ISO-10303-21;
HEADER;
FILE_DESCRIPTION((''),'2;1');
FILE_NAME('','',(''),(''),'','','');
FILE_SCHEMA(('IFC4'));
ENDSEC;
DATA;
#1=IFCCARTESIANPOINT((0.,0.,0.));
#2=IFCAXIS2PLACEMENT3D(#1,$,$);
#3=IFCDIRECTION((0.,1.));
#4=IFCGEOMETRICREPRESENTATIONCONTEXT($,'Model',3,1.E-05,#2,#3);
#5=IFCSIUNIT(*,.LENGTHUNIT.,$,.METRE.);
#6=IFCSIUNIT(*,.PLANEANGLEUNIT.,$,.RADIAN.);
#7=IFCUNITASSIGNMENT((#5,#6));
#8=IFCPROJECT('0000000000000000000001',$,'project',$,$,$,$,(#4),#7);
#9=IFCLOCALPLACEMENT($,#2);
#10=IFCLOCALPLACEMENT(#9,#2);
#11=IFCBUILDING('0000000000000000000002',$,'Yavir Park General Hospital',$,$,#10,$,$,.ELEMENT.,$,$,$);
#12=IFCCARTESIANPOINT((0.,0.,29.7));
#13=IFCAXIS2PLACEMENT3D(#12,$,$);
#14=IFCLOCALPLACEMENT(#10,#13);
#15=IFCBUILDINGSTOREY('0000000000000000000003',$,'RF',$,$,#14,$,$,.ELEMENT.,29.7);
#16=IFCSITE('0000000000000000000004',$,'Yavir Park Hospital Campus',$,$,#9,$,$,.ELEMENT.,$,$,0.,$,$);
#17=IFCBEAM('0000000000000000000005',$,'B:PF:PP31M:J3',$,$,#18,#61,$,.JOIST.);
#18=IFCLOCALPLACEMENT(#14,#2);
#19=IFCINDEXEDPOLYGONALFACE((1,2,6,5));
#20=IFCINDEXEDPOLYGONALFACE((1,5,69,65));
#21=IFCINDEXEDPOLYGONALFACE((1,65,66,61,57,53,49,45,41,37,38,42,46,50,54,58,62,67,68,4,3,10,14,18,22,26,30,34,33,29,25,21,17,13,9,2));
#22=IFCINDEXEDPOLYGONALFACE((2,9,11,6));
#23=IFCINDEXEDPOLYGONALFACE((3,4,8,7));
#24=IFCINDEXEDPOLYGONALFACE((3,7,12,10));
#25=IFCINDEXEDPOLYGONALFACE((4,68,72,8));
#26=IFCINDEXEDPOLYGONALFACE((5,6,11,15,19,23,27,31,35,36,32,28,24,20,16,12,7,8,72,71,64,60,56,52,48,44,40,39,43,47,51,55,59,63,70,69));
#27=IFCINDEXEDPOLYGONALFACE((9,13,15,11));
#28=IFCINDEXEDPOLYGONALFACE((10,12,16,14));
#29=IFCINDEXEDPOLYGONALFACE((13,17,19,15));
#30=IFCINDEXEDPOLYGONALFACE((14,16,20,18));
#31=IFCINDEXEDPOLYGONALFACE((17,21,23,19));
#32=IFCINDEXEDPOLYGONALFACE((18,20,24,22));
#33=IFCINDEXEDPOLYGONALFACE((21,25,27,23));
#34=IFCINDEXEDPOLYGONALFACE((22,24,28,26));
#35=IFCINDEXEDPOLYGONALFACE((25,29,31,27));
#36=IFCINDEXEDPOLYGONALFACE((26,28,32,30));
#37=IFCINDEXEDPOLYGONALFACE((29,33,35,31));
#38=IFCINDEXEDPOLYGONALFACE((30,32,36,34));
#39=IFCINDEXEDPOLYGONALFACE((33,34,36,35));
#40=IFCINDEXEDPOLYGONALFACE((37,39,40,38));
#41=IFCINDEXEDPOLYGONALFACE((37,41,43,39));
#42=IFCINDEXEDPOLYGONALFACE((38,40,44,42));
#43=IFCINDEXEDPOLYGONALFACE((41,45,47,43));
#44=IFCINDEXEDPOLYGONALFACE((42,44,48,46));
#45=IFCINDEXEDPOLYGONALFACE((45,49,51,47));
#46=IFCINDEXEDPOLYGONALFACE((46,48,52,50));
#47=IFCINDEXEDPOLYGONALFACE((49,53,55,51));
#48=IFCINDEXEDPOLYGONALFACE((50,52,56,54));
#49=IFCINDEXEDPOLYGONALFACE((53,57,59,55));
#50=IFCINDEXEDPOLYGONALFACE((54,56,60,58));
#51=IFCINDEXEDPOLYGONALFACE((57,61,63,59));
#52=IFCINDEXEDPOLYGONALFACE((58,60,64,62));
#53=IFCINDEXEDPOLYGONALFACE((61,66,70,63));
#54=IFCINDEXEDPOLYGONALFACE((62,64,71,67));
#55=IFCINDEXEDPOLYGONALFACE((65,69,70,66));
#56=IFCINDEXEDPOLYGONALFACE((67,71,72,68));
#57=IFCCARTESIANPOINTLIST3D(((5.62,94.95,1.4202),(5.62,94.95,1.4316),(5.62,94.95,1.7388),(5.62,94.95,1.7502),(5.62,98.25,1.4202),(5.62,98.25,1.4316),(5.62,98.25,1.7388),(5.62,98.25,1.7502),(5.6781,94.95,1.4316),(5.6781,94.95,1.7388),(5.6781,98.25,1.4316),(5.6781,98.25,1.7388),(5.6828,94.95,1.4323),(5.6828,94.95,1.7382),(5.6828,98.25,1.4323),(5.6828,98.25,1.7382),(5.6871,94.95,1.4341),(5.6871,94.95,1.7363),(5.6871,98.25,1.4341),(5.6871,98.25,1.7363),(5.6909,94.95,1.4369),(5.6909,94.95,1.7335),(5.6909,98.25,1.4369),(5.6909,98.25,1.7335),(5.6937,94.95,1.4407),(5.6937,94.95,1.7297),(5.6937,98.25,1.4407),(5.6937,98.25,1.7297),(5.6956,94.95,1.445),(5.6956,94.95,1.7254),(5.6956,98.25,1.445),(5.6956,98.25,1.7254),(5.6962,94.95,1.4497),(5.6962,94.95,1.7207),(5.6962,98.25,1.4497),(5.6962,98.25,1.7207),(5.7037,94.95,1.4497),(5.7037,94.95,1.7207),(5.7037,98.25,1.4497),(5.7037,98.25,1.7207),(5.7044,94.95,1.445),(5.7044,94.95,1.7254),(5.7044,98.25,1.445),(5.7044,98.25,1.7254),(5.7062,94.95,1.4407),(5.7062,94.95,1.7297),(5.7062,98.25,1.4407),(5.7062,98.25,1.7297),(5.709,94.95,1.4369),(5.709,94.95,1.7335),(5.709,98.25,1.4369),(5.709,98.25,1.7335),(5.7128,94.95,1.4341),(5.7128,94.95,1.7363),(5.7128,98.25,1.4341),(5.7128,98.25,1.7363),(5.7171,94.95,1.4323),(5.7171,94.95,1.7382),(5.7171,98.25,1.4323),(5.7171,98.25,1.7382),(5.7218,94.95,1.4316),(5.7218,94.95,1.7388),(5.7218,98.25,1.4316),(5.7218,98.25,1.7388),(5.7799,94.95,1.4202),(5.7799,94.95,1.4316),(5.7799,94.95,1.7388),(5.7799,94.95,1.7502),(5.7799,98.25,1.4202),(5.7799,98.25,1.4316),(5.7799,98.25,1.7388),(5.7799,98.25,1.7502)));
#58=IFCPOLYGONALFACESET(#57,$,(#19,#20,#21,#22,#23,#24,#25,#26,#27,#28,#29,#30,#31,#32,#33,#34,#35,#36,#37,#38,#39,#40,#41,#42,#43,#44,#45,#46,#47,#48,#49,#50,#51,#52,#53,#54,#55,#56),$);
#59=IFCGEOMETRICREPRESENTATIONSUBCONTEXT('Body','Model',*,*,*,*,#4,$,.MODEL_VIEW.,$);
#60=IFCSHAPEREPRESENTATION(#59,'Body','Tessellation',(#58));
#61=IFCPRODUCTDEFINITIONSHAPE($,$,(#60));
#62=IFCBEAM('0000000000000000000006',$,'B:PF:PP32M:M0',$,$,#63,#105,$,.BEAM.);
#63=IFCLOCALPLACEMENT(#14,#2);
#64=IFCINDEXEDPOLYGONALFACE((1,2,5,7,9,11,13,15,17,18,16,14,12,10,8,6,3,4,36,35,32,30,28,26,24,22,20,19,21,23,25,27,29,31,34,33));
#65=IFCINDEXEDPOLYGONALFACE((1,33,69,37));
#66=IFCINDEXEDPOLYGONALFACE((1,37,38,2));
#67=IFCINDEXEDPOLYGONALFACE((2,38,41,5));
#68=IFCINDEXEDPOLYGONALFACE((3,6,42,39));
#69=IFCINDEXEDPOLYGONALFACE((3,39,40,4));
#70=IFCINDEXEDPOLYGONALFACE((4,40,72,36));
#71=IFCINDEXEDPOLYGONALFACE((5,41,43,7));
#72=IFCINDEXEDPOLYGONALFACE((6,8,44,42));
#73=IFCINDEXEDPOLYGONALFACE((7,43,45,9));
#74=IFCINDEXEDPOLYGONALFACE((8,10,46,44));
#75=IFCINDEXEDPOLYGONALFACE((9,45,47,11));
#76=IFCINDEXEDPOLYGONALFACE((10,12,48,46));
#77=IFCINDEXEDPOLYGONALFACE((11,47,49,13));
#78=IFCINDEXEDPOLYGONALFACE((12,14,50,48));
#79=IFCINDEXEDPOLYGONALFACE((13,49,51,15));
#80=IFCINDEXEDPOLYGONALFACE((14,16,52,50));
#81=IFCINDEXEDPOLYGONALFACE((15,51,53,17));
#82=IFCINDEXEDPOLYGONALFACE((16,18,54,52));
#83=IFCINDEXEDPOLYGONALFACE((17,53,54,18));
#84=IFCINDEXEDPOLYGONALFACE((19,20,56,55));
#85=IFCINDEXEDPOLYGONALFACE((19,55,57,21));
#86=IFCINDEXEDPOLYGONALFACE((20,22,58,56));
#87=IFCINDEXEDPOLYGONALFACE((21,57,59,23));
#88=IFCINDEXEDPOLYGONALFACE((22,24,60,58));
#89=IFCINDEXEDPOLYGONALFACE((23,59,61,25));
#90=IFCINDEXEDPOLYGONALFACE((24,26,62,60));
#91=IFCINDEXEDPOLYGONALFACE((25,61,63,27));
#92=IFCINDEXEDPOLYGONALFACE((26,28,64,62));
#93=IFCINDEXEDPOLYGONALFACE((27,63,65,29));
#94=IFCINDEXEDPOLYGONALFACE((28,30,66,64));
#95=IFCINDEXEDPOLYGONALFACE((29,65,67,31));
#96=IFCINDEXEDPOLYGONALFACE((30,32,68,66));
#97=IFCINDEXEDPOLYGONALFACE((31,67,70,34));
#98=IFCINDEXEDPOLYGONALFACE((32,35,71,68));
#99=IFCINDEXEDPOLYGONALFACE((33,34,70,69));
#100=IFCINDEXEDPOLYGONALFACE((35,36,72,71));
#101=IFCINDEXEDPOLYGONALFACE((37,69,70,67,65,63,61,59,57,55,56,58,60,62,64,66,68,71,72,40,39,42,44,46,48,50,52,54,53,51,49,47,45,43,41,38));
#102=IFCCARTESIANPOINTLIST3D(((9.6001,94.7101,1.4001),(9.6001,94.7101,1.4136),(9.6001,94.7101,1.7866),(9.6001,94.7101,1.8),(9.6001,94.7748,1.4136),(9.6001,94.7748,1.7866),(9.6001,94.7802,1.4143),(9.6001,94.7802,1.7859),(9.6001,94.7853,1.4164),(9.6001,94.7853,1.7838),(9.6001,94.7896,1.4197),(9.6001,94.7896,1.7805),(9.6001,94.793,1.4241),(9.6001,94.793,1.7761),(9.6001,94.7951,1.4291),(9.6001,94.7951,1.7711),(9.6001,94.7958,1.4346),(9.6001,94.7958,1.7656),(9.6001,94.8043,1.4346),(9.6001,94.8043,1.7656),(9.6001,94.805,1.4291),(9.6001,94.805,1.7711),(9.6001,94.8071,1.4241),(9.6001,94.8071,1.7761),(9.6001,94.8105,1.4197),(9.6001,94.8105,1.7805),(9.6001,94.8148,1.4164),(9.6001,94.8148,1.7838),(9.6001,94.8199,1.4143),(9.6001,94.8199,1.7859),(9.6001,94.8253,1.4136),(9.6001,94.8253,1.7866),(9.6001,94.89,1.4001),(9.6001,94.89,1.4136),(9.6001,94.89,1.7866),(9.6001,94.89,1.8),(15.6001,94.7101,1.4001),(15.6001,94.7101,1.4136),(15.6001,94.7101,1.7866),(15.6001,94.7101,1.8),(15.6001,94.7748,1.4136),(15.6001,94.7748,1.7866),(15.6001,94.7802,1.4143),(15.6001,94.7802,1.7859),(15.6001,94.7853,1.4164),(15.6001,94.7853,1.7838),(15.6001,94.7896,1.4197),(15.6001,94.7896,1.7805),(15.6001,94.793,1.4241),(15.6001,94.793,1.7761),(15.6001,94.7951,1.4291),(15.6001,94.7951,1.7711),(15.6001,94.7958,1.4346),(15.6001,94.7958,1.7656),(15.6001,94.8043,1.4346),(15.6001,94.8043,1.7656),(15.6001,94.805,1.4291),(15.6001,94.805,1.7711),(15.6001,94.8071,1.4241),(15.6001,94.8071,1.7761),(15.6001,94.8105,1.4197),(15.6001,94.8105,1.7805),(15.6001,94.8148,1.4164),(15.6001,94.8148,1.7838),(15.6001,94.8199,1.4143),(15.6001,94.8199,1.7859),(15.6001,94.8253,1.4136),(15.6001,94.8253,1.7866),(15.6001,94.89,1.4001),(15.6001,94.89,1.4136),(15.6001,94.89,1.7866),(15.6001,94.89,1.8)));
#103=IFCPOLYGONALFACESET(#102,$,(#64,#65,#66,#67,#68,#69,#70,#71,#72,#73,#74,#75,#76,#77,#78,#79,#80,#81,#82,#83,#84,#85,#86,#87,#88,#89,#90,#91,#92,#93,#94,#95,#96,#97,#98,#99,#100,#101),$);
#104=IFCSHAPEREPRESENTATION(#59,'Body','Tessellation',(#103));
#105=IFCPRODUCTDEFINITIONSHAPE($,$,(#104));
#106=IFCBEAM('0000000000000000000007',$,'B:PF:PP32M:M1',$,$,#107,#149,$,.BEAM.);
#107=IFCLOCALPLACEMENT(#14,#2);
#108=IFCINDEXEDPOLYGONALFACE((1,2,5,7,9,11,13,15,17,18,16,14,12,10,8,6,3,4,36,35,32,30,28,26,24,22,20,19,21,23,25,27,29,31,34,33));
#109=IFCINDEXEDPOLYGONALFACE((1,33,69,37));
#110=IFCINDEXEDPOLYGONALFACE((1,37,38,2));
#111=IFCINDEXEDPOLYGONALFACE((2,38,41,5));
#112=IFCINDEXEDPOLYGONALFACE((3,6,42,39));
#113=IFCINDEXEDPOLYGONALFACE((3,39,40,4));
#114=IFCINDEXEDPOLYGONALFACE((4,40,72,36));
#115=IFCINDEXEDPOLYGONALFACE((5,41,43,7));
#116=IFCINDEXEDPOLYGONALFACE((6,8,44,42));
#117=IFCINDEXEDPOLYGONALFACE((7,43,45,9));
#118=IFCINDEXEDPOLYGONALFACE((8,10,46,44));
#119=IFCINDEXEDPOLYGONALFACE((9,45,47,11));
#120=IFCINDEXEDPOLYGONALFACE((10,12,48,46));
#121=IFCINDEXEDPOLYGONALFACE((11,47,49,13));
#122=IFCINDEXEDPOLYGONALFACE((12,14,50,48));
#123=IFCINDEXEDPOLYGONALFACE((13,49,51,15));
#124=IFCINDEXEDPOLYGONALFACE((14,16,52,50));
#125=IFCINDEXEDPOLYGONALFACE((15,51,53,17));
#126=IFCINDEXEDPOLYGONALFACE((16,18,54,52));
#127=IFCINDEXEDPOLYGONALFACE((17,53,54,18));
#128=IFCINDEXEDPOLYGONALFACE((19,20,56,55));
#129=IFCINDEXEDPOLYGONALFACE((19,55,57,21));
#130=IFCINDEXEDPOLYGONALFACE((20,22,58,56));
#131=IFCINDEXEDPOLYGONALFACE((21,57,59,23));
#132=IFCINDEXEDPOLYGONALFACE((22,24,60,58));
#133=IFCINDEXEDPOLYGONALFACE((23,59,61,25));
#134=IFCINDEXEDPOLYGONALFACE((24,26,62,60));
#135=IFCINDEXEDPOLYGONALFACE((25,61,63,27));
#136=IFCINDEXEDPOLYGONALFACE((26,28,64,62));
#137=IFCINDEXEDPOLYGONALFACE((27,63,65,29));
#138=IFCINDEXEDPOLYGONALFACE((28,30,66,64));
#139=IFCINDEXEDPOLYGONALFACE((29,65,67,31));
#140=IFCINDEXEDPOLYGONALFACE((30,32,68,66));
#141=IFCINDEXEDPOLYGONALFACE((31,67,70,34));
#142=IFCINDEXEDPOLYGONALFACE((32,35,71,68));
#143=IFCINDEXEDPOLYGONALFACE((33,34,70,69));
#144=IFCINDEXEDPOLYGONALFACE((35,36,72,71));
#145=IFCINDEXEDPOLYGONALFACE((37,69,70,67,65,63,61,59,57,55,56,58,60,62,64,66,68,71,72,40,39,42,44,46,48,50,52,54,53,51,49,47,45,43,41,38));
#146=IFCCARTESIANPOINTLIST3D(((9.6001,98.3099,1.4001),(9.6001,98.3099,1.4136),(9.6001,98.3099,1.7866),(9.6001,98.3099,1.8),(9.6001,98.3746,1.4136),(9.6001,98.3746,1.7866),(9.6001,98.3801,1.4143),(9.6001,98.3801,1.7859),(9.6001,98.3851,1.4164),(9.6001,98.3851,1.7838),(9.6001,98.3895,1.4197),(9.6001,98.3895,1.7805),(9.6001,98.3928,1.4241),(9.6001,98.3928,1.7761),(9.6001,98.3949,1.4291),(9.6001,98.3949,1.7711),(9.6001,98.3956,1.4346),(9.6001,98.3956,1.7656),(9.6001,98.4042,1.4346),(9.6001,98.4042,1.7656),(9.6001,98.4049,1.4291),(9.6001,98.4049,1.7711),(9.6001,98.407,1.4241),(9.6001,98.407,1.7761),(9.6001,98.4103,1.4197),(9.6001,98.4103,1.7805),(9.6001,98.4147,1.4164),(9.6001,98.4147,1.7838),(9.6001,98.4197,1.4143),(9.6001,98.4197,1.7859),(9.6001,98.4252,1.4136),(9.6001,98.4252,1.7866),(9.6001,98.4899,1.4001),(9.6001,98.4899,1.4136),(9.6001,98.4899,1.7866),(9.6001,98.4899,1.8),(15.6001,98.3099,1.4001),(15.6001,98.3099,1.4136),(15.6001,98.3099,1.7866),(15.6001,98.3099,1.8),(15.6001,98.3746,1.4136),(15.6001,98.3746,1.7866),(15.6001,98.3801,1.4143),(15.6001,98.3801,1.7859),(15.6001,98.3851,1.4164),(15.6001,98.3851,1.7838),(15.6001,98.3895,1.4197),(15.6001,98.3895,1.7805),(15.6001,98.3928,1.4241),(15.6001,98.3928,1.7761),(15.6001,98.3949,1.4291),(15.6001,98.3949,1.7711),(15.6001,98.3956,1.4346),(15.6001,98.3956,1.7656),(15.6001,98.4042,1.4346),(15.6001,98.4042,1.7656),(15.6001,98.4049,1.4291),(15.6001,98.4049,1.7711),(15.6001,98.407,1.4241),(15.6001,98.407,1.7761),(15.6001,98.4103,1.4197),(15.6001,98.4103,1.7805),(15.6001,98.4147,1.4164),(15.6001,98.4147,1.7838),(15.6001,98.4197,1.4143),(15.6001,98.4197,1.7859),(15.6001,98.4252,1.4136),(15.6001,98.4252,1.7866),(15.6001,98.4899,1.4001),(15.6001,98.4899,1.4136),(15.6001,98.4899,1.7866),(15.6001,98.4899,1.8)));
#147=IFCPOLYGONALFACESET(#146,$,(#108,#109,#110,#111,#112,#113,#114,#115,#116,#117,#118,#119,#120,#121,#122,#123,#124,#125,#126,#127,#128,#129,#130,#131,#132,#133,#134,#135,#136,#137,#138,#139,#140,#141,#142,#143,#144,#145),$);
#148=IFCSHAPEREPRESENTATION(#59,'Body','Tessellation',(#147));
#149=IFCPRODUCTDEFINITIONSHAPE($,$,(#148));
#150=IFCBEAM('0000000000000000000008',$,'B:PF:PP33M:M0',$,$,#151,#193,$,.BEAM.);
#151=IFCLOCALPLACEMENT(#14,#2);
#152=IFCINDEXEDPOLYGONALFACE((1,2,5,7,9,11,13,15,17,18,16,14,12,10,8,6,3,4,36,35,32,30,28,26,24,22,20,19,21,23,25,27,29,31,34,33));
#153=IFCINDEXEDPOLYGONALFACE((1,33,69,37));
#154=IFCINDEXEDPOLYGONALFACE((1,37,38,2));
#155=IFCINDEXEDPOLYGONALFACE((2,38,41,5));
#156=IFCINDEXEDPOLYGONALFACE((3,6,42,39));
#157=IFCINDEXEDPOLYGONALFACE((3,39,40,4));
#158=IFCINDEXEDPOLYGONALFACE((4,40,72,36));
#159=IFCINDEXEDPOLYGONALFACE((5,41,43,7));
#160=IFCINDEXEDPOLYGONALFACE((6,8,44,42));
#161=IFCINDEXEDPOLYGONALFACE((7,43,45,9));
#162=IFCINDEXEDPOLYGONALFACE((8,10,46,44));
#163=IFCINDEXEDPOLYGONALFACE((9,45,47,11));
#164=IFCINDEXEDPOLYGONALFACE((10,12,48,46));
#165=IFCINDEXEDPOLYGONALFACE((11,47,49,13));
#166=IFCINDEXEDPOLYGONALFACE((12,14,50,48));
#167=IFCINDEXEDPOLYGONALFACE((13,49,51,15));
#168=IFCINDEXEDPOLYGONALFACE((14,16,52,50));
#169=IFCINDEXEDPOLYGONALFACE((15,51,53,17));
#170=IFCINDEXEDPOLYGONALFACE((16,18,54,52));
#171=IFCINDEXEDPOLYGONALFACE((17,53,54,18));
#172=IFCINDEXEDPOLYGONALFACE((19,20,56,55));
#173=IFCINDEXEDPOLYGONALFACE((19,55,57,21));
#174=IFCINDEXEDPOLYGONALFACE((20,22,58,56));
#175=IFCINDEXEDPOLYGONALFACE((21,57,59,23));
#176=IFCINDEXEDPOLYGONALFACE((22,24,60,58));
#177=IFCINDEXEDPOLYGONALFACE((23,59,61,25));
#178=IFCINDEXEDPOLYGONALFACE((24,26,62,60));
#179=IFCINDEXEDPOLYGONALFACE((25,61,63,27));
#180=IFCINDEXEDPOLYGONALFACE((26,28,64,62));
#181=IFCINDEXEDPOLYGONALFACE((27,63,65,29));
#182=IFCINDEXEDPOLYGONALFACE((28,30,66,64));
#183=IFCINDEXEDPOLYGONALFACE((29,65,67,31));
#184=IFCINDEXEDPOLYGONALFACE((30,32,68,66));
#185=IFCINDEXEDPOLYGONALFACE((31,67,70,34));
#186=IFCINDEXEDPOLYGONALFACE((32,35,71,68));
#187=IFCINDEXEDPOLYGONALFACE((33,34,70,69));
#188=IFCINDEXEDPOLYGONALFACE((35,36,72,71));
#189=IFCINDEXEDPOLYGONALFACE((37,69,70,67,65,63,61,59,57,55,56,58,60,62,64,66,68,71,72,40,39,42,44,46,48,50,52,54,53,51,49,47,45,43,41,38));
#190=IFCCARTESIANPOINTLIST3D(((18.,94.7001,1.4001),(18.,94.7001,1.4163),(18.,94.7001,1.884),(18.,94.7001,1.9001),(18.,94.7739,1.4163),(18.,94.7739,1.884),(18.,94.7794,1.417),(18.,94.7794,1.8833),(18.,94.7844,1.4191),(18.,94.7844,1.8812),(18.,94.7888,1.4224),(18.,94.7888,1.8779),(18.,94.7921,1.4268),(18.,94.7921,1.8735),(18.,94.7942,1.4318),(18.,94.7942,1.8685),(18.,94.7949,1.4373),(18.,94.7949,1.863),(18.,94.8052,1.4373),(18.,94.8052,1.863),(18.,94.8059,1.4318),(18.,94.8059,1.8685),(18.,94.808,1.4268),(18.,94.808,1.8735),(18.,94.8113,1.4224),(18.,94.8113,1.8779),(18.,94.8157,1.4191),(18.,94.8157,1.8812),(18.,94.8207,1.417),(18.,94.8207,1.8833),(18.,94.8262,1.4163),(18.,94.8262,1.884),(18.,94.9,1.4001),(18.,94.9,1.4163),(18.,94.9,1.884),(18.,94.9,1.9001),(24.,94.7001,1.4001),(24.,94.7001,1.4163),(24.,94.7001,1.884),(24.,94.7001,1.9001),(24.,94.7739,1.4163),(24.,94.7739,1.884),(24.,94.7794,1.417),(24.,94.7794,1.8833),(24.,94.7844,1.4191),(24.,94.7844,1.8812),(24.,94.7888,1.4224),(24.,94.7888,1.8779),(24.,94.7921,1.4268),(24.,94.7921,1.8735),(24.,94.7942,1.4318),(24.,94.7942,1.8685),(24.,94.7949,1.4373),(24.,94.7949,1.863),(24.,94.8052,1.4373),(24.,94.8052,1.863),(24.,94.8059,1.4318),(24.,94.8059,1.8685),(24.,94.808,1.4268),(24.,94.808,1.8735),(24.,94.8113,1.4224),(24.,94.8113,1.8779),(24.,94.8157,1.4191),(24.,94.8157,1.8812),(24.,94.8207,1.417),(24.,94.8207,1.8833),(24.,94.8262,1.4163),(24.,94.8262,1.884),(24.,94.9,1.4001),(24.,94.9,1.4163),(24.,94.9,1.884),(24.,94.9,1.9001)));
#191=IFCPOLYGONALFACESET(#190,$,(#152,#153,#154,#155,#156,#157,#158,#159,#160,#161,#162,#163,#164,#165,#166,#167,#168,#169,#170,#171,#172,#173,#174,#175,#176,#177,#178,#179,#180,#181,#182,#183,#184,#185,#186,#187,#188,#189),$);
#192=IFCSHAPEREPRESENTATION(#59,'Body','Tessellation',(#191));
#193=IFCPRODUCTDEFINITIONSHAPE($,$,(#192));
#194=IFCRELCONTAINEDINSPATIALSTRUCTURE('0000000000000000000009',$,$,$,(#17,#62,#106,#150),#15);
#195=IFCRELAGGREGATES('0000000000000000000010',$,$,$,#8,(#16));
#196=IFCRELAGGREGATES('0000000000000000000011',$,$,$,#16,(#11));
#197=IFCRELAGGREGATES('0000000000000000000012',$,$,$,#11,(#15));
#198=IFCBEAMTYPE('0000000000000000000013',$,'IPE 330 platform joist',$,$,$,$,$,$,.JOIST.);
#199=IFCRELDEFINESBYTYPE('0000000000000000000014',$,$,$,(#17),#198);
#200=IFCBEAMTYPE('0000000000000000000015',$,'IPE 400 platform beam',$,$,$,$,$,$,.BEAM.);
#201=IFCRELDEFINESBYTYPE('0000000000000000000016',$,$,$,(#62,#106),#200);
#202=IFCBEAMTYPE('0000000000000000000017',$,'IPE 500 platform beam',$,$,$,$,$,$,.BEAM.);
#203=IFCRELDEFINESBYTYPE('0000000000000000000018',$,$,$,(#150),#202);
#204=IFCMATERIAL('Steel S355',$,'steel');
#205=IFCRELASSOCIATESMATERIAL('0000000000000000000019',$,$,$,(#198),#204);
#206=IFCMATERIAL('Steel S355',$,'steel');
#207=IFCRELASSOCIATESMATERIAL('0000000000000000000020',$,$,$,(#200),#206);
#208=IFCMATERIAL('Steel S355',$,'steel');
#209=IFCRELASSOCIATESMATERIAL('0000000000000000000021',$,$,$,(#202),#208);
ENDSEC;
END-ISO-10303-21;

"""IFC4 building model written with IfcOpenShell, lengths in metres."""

from ifc_helpers import new_model, si_unit, direction, frame, origin, origin_2d, place, context, subcontext, project, spatial, i_section, extrude, material, material_profile, profile_set, type_object, element, save


model = new_model("IFC4")

# Units and contexts
model_context = context("Model", 3, precision=1e-05, world=origin(), true_north=direction((0.0, 1.0)))
body_context = subcontext(model_context, "Body", "Model", "MODEL_VIEW")
ifc_project = project(units=[si_unit("LENGTHUNIT", "METRE"), si_unit("PLANEANGLEUNIT", "RADIAN")], contexts=[model_context])

# Site, building, storey
site_placement = place(None, origin())
site = spatial("IfcSite", under=ifc_project, at=site_placement, Name="Yavir Park Hospital Campus", CompositionType="ELEMENT", RefElevation=0.0)
building_placement = place(site_placement, origin())
building = spatial("IfcBuilding", under=site, at=building_placement, Name="Yavir Park General Hospital", CompositionType="ELEMENT")
storey_placement = place(building_placement, frame((0.0, 0.0, 29.7)))
storey = spatial("IfcBuildingStorey", under=building, at=storey_placement, Name="RF", CompositionType="ELEMENT", Elevation=29.7)

# Beams
ifc_material_1 = material(Name="Steel S355", Category="steel")
ifc_material_profile_1 = material_profile(ifc_material_1, i_section(OverallWidth=0.1599, OverallDepth=0.3301, WebThickness=0.0076, FlangeThickness=0.0115, FilletRadius=0.0181, at=origin_2d()), Name="IPE330")
ifc_profile_set_1 = profile_set([ifc_material_profile_1], Name="Steel S355")
beam_type_1 = type_object("IfcBeamType", Name="IPE 330 platform joist", PredefinedType="JOIST", material=ifc_profile_set_1)
for number, where, z_axis, x_axis, name in (
    (1, (5.7, 94.95, 1.5852), (0.0, 1.0, 0.0), (-1.0, 0.0, 0.0), "B:PF:PP31M:J3"),
):
    element("IfcBeam", number, at=place(storey_placement, frame(where, z_axis=z_axis, x_axis=x_axis)), inside=storey, type_object=beam_type_1, Name=name, PredefinedType="JOIST", context=body_context, shape_type="SweptSolid", body=[
        extrude(i_section(OverallWidth=0.1599, OverallDepth=0.3301, WebThickness=0.0076, FlangeThickness=0.0115, FilletRadius=0.0181, at=origin_2d()), origin(), (0.0, 0.0, 1.0), 3.3),
    ])
ifc_material_2 = material(Name="Steel S355", Category="steel")
ifc_material_profile_2 = material_profile(ifc_material_2, i_section(OverallWidth=0.1799, OverallDepth=0.3999, WebThickness=0.0085, FlangeThickness=0.0134, FilletRadius=0.021, at=origin_2d()), Name="IPE400")
ifc_profile_set_2 = profile_set([ifc_material_profile_2], Name="Steel S355")
beam_type_2 = type_object("IfcBeamType", Name="IPE 400 platform beam", PredefinedType="BEAM", material=ifc_profile_set_2)
for number, where, z_axis, x_axis, name in (
    (2, (9.6001, 94.8, 1.6001), (1.0, 0.0, 0.0), (0.0, 1.0, 0.0), "B:PF:PP32M:M0"),
    (3, (9.6001, 98.3999, 1.6001), (1.0, 0.0, 0.0), (0.0, 1.0, 0.0), "B:PF:PP32M:M1"),
):
    element("IfcBeam", number, at=place(storey_placement, frame(where, z_axis=z_axis, x_axis=x_axis)), inside=storey, type_object=beam_type_2, Name=name, PredefinedType="BEAM", context=body_context, shape_type="SweptSolid", body=[
        extrude(i_section(OverallWidth=0.1799, OverallDepth=0.3999, WebThickness=0.0085, FlangeThickness=0.0134, FilletRadius=0.021, at=origin_2d()), origin(), (0.0, 0.0, 1.0), 6.0),
    ])
ifc_material_3 = material(Name="Steel S355", Category="steel")
ifc_material_profile_3 = material_profile(ifc_material_3, i_section(OverallWidth=0.2, OverallDepth=0.5, WebThickness=0.0103, FlangeThickness=0.0161, FilletRadius=0.021, at=origin_2d()), Name="IPE500")
ifc_profile_set_3 = profile_set([ifc_material_profile_3], Name="Steel S355")
beam_type_3 = type_object("IfcBeamType", Name="IPE 500 platform beam", PredefinedType="BEAM", material=ifc_profile_set_3)
for number, where, z_axis, x_axis, name in (
    (4, (18.0, 94.8, 1.6501), (1.0, 0.0, 0.0), (0.0, 1.0, 0.0), "B:PF:PP33M:M0"),
):
    element("IfcBeam", number, at=place(storey_placement, frame(where, z_axis=z_axis, x_axis=x_axis)), inside=storey, type_object=beam_type_3, Name=name, PredefinedType="BEAM", context=body_context, shape_type="SweptSolid", body=[
        extrude(i_section(OverallWidth=0.2, OverallDepth=0.5, WebThickness=0.0103, FlangeThickness=0.0161, FilletRadius=0.021, at=origin_2d()), origin(), (0.0, 0.0, 1.0), 6.0),
    ])

save(model, "model.ifc")
